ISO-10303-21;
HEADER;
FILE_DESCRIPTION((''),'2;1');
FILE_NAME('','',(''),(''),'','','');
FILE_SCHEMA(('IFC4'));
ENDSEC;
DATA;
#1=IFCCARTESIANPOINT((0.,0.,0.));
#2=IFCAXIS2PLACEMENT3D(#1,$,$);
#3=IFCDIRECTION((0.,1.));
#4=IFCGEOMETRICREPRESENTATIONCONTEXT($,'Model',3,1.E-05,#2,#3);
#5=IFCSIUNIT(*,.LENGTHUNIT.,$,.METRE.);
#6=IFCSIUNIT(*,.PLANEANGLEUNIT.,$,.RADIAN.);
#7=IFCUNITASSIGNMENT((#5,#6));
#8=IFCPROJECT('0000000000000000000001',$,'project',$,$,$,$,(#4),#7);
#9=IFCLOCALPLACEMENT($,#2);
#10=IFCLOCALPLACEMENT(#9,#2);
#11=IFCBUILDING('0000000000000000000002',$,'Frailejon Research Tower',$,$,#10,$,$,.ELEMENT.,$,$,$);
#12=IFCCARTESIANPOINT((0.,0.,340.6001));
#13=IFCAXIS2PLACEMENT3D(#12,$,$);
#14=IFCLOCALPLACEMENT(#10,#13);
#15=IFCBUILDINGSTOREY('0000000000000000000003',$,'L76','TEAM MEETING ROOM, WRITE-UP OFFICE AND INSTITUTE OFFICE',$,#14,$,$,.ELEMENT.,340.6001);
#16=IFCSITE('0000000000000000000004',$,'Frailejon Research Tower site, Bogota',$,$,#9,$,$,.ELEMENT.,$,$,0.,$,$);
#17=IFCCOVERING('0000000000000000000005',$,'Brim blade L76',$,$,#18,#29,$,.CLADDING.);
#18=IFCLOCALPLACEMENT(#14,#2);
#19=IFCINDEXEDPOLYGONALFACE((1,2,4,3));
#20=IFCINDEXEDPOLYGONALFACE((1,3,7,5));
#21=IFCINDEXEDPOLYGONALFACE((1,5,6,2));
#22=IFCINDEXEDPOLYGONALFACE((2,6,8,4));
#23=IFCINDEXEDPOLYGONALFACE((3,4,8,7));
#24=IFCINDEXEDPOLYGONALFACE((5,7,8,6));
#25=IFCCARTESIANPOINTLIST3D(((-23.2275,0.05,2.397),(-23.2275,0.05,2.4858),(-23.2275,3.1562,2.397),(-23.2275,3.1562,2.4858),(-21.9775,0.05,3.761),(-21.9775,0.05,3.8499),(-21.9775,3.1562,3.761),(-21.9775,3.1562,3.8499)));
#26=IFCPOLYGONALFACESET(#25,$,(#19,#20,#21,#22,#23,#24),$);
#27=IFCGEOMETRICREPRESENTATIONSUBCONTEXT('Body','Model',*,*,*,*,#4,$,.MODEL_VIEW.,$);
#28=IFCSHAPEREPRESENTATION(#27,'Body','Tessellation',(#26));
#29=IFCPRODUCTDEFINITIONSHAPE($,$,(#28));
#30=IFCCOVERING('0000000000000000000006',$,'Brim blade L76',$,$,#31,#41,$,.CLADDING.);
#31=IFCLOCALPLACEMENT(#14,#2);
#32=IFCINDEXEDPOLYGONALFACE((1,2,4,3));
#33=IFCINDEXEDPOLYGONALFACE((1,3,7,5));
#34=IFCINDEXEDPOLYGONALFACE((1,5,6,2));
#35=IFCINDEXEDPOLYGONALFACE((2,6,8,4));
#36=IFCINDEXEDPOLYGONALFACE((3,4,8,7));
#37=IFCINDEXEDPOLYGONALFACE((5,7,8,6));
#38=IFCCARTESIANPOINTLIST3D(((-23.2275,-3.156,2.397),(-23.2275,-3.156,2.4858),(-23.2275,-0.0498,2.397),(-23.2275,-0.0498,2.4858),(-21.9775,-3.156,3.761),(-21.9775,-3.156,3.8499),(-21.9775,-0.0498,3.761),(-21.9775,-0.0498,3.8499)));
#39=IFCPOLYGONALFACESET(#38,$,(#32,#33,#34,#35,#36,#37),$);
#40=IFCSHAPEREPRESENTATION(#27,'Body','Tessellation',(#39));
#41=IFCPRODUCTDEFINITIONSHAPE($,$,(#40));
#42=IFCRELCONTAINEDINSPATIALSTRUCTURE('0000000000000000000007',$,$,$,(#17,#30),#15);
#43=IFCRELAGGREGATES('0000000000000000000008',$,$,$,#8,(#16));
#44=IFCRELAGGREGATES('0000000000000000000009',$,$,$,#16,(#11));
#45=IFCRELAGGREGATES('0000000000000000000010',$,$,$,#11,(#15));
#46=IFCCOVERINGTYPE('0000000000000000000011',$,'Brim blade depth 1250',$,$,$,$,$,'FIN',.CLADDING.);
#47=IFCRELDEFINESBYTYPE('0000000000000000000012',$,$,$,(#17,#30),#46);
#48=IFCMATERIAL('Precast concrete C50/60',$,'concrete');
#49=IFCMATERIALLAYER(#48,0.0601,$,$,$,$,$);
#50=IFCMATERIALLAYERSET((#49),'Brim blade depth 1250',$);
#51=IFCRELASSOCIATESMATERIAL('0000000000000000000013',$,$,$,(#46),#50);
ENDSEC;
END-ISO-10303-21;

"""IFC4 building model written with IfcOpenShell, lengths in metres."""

from ifc_helpers import new_model, si_unit, direction, frame, origin, place, context, subcontext, project, spatial, polyline, outline, extrude, material, layer, layer_set, type_object, element, save


model = new_model("IFC4")

# Units and contexts
model_context = context("Model", 3, precision=1e-05, world=origin(), true_north=direction((0.0, 1.0)))
body_context = subcontext(model_context, "Body", "Model", "MODEL_VIEW")
ifc_project = project(units=[si_unit("LENGTHUNIT", "METRE"), si_unit("PLANEANGLEUNIT", "RADIAN")], contexts=[model_context])

# Site, building, storey
site_placement = place(None, origin())
site = spatial("IfcSite", under=ifc_project, at=site_placement, Name="Frailejon Research Tower site, Bogota", CompositionType="ELEMENT", RefElevation=0.0)
building_placement = place(site_placement, origin())
building = spatial("IfcBuilding", under=site, at=building_placement, Name="Frailejon Research Tower", CompositionType="ELEMENT")
storey_placement = place(building_placement, frame((0.0, 0.0, 340.6001)))
storey = spatial("IfcBuildingStorey", under=building, at=storey_placement, Name="L76", Description="TEAM MEETING ROOM, WRITE-UP OFFICE AND INSTITUTE OFFICE", CompositionType="ELEMENT", Elevation=340.6001)

# Coverings
ifc_material_1 = material(Name="Precast concrete C50/60", Category="concrete")
ifc_layer_1 = layer(ifc_material_1, 0.0601)
ifc_layer_set_1 = layer_set([ifc_layer_1], Name="Brim blade depth 1250")
covering_type_1 = type_object("IfcCoveringType", Name="Brim blade depth 1250", ElementType="FIN", PredefinedType="CLADDING", material=ifc_layer_set_1)
for number, where, z_axis, x_axis, name in (
    (1, (-21.9775, 0.05, 3.8499), (0.0, 1.0, 0.0), (-1.0, 0.0, 0.0), "Brim blade L76"),
    (2, (-21.9775, -3.156, 3.8499), (0.0, 1.0, 0.0), (-1.0, 0.0, 0.0), "Brim blade L76"),
):
    element("IfcCovering", number, at=place(storey_placement, frame(where, z_axis=z_axis, x_axis=x_axis)), inside=storey, type_object=covering_type_1, Name=name, PredefinedType="CLADDING", context=body_context, shape_type="SweptSolid", body=[
        extrude(outline(polyline([(0.0, -0.0889), (1.25, -1.4529), (1.25, -1.364), (0.0, 0.0), (0.0, -0.0889)])), origin(), (0.0, 0.0, 1.0), 3.1062),
    ])

save(model, "model.ifc")
